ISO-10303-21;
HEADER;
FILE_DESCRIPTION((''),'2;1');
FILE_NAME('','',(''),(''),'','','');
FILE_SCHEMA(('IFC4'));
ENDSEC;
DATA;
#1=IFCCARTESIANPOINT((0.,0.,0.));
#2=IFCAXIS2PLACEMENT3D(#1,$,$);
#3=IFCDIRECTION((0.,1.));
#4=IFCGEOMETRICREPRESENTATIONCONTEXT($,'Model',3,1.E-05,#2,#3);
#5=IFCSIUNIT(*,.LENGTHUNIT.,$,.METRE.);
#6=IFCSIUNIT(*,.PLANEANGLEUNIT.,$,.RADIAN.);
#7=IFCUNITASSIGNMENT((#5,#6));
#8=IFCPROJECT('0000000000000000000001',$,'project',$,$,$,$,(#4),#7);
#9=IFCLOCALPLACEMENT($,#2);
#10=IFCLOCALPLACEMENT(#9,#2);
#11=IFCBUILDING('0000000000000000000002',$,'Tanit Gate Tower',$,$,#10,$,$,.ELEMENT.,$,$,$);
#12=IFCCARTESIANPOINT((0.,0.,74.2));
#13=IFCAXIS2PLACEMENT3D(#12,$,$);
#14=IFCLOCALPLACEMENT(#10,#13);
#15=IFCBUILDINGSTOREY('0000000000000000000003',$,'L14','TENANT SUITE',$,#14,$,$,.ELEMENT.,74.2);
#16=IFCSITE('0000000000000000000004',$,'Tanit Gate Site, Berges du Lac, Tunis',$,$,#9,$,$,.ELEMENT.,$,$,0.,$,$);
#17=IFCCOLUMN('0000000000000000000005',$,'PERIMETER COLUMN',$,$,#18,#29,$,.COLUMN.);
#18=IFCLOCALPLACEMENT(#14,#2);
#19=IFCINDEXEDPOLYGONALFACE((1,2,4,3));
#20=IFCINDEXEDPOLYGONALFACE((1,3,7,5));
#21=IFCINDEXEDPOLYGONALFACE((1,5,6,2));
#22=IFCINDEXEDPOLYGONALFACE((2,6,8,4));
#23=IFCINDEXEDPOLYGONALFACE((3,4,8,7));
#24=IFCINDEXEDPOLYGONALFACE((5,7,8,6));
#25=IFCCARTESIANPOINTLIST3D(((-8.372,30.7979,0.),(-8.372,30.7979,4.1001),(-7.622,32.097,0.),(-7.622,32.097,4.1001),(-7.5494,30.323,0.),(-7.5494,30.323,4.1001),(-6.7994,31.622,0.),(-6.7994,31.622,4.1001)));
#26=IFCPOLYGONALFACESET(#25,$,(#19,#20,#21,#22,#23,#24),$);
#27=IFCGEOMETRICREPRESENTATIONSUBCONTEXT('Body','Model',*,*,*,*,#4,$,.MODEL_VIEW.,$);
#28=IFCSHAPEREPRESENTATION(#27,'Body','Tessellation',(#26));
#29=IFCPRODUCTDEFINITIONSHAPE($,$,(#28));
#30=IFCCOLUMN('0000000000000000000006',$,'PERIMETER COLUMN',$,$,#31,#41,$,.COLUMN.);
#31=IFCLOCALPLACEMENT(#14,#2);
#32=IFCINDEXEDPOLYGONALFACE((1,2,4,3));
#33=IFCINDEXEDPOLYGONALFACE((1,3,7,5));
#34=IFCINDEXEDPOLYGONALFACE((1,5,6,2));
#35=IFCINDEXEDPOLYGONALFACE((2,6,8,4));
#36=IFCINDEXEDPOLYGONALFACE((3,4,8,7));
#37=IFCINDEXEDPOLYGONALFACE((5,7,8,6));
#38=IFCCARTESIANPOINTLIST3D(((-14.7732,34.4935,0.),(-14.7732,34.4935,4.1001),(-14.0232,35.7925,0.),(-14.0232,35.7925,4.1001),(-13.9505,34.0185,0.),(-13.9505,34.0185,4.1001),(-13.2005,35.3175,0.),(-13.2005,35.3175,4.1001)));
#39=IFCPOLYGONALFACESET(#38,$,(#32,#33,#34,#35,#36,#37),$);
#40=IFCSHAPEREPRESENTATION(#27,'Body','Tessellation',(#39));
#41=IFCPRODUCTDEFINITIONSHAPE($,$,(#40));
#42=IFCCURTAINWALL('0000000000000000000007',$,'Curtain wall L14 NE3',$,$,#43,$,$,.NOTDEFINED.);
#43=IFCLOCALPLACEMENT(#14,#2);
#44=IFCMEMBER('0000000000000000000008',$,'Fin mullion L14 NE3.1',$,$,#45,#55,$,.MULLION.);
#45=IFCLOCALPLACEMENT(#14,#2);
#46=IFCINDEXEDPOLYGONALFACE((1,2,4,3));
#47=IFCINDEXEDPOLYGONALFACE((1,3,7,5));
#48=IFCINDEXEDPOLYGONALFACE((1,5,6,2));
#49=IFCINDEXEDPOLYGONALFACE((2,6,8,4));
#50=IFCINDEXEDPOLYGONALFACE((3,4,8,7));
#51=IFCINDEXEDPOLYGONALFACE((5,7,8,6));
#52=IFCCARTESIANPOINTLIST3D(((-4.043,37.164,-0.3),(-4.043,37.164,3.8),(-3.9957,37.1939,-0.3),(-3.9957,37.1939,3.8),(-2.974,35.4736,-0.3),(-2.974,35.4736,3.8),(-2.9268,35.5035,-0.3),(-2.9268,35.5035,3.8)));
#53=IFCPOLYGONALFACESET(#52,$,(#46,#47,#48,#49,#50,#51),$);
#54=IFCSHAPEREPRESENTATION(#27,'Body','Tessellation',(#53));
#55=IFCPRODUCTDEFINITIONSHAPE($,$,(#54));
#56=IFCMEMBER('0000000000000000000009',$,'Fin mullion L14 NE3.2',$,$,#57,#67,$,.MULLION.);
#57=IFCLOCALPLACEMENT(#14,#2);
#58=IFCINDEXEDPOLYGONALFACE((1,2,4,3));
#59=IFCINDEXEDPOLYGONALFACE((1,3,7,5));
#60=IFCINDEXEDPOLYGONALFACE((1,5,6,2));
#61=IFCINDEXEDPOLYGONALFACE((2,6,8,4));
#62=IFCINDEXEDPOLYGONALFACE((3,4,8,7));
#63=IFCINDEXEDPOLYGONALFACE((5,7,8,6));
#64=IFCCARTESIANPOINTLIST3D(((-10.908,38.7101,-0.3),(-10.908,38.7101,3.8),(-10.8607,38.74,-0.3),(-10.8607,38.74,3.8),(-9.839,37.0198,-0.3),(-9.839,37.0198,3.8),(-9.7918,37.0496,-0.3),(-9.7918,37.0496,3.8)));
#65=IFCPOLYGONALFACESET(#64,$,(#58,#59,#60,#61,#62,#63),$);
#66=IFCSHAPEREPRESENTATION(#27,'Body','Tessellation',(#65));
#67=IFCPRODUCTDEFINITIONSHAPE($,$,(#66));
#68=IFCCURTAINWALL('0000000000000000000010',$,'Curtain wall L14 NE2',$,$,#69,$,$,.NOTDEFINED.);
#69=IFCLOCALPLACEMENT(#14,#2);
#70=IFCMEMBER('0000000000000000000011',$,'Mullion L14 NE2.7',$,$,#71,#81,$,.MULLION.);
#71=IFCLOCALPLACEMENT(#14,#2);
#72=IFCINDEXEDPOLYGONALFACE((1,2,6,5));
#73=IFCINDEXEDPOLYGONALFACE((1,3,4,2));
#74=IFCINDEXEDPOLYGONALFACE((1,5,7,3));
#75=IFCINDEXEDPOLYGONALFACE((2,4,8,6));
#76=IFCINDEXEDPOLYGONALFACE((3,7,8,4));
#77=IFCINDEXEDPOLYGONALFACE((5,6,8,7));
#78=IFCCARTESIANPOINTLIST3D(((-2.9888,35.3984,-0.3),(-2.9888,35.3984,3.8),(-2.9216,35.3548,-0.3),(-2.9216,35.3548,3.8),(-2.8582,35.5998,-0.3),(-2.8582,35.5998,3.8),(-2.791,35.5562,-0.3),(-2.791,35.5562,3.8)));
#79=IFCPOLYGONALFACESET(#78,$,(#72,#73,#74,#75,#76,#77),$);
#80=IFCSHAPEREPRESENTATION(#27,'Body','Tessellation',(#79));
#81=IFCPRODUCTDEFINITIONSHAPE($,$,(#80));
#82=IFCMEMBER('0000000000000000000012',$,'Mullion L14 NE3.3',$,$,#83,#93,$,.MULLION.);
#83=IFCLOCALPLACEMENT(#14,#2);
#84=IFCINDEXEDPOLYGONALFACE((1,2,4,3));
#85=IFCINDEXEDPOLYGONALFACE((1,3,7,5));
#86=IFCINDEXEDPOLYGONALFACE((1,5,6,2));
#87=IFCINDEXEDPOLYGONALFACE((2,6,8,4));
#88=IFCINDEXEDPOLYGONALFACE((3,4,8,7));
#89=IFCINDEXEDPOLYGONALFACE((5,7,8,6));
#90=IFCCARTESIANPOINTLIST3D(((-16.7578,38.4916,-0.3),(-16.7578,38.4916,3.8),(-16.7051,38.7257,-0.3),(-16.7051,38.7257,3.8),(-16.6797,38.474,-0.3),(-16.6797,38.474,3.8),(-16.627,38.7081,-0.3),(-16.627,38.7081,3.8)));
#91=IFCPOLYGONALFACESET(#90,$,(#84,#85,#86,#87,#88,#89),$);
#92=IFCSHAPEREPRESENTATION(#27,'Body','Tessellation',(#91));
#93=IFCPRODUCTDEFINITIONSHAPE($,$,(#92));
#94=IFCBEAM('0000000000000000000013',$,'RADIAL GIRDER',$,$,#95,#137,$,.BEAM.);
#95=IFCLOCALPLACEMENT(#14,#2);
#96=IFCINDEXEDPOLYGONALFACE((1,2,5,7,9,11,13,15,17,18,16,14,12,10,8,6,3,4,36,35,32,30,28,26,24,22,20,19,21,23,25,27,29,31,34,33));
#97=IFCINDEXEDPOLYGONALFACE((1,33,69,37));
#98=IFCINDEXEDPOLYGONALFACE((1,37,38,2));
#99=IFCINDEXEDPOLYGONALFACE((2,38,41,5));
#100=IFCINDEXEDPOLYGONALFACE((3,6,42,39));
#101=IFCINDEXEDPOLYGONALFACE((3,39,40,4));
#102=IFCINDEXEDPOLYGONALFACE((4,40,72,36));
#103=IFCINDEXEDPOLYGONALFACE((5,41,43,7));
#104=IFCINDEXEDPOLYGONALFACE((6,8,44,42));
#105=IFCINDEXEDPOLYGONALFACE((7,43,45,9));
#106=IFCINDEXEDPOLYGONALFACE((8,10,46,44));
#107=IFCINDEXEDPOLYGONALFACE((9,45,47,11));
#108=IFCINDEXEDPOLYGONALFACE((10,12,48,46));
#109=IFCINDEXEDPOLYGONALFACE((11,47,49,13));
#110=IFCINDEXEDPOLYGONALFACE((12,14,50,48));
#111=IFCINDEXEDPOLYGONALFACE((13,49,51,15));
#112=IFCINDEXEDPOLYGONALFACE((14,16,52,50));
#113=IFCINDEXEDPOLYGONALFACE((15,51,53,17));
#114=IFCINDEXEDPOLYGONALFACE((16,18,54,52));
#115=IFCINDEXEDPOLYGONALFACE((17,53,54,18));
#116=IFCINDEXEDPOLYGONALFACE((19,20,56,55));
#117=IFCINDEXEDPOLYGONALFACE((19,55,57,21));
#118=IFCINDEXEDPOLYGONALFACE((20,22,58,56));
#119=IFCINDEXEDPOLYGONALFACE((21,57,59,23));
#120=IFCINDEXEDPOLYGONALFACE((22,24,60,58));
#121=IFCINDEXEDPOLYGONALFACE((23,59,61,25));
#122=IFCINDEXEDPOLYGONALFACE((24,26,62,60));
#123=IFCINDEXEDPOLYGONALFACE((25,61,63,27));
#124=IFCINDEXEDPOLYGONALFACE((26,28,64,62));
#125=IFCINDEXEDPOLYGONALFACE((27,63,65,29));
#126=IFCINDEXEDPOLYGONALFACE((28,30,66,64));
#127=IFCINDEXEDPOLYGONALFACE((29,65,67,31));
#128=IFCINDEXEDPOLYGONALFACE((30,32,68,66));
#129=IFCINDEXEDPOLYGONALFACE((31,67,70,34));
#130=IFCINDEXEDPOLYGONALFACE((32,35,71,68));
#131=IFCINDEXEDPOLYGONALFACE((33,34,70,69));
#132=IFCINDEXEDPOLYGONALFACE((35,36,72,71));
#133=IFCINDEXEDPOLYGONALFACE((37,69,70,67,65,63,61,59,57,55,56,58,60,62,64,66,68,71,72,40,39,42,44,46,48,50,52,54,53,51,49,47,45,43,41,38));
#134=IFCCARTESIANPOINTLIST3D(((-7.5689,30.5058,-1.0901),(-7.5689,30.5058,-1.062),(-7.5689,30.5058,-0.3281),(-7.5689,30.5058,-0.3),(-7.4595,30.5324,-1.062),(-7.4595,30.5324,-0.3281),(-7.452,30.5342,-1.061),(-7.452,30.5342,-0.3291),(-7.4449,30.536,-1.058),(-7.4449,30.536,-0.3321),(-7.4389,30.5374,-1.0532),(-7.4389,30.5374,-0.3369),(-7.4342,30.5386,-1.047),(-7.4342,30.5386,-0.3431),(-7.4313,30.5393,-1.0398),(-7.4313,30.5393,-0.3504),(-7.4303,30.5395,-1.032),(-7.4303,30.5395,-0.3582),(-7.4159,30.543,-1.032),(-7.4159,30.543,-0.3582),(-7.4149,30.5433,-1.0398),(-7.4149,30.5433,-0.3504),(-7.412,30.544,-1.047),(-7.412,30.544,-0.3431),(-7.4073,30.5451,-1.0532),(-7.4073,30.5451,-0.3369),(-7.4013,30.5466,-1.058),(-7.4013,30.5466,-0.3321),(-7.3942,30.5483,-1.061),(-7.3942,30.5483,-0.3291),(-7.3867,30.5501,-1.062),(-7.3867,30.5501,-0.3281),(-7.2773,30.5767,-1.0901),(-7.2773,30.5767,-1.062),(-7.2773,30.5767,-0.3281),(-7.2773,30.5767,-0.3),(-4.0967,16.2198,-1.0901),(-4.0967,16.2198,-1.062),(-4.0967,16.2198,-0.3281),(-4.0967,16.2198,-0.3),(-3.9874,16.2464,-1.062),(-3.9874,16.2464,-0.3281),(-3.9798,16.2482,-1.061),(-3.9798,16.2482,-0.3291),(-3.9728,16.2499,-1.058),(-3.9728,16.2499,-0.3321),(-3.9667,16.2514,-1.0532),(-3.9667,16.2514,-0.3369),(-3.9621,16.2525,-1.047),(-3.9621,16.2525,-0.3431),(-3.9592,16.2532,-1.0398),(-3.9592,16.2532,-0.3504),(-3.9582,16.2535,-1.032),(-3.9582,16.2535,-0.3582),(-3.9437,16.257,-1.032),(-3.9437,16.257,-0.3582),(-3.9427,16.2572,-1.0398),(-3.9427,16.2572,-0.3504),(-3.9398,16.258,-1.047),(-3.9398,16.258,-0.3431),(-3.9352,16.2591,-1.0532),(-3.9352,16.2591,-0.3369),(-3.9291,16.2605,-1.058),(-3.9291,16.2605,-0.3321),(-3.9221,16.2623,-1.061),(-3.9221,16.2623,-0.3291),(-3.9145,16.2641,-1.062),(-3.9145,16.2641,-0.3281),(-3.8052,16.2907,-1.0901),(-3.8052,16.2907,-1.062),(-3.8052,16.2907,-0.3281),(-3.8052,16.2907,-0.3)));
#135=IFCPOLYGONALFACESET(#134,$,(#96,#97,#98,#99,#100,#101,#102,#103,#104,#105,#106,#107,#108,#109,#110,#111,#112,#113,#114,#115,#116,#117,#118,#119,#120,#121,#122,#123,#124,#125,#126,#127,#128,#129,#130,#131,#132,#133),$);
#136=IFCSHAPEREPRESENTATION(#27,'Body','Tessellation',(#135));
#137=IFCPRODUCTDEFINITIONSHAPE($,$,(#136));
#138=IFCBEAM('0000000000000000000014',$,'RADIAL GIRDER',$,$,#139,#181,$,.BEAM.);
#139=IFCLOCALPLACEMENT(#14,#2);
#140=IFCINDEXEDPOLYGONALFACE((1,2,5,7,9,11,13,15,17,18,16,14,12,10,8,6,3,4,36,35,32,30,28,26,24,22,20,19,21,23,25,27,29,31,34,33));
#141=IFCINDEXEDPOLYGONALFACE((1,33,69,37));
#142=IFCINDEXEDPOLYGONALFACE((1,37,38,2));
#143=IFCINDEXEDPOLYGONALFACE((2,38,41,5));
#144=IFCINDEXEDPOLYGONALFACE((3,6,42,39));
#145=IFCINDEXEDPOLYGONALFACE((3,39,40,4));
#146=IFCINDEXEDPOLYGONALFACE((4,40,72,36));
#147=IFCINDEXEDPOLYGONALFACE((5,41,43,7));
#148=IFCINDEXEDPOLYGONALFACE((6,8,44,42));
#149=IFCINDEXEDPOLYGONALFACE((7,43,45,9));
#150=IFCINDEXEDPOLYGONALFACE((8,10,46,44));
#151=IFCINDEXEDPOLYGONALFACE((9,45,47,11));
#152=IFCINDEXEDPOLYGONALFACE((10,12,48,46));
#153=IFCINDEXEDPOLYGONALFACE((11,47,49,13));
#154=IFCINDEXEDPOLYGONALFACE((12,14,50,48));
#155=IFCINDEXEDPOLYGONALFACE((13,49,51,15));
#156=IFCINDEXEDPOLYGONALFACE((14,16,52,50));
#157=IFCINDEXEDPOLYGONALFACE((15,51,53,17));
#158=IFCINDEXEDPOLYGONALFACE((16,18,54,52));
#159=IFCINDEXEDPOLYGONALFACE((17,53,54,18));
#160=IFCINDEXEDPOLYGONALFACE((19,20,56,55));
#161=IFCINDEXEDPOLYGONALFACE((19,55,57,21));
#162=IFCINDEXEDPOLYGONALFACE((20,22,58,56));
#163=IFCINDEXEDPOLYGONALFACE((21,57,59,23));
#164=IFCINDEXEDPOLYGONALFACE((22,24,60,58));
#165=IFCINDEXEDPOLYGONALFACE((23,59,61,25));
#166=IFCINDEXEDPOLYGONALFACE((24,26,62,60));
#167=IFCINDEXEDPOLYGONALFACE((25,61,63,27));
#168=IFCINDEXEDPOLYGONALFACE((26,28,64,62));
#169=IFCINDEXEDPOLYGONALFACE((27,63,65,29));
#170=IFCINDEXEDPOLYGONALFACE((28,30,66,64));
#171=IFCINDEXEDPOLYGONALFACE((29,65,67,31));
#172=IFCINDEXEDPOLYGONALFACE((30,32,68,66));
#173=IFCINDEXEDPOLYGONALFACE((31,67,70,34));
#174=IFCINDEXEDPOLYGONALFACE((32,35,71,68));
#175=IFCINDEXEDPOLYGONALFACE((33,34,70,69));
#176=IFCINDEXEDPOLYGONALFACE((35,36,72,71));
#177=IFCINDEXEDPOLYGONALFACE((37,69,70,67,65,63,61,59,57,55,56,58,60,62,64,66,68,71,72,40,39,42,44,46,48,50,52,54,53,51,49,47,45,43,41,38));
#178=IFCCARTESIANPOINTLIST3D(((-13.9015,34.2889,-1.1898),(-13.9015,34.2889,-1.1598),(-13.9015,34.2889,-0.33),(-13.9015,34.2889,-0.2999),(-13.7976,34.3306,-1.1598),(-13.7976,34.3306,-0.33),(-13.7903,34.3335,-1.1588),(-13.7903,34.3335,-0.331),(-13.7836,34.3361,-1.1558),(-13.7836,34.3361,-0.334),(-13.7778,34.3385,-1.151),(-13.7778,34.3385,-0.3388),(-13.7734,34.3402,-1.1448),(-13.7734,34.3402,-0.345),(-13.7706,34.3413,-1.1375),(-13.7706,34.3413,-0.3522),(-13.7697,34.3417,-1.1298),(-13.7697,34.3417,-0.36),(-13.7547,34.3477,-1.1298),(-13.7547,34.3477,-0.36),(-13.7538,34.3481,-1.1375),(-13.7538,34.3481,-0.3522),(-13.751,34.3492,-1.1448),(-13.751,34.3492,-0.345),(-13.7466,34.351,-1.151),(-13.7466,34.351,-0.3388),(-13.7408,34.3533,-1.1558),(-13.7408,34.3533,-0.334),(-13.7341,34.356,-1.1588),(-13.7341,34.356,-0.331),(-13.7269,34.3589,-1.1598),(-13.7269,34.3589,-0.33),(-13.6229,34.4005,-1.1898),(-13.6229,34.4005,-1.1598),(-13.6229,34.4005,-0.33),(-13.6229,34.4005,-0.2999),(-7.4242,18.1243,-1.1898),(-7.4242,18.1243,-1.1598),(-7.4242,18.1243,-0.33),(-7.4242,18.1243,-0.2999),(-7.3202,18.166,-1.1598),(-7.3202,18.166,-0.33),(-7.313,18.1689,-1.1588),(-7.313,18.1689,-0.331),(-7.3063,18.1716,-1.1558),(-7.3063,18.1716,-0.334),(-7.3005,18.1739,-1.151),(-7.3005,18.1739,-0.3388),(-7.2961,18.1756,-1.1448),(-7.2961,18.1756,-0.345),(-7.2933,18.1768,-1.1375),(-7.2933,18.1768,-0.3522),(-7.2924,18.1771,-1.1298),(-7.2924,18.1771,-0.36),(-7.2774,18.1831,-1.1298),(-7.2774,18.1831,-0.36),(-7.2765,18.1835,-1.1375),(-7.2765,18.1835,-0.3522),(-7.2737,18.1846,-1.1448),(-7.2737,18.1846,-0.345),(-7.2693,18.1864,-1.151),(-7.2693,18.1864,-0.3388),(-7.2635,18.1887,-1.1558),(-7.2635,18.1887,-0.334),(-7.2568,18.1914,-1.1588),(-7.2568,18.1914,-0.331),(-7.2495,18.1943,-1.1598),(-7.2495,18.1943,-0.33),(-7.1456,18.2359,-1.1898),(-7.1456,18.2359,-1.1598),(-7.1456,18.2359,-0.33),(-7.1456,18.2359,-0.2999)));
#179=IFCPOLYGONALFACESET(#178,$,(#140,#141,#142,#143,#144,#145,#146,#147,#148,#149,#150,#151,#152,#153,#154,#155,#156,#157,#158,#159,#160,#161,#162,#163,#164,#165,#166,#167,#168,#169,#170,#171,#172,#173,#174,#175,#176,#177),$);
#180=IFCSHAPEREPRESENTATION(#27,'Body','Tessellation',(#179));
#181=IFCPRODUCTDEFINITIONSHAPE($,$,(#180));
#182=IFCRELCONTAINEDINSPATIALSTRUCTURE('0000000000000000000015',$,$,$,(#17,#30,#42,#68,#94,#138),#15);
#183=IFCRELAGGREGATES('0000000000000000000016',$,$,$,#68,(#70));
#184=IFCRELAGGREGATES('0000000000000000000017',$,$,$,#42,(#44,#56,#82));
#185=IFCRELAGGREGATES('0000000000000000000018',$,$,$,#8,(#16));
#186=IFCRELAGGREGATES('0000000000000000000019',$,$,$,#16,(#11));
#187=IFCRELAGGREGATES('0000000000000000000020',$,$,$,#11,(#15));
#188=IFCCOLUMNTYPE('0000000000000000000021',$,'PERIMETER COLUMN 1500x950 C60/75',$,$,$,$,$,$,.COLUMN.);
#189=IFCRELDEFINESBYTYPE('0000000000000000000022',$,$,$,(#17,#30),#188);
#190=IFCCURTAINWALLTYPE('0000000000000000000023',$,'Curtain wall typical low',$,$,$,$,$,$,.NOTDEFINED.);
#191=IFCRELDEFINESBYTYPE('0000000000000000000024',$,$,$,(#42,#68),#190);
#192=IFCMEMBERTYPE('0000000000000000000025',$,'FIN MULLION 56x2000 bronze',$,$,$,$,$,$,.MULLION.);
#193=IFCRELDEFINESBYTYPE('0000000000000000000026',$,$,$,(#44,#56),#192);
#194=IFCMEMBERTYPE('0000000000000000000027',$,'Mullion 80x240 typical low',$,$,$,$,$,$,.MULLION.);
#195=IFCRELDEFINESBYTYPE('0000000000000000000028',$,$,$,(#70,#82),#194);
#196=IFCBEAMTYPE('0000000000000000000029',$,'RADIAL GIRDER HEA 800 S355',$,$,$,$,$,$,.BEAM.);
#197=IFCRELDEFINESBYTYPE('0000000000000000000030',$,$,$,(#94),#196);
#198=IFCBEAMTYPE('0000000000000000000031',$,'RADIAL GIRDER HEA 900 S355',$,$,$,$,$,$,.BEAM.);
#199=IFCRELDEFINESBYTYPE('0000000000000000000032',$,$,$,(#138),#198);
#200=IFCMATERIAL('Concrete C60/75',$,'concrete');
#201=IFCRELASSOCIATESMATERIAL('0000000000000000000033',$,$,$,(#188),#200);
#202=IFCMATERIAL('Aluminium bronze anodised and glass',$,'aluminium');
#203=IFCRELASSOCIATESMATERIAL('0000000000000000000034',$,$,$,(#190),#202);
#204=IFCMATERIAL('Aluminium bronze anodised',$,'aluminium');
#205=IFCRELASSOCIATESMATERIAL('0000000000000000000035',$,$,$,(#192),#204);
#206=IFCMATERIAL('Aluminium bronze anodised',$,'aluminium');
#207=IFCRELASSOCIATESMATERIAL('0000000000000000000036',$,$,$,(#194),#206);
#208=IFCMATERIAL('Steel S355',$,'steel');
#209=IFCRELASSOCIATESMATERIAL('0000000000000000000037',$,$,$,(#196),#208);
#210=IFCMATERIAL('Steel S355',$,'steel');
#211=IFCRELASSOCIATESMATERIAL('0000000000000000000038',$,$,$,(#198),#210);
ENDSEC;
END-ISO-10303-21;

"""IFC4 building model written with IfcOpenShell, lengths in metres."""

from ifc_helpers import new_model, si_unit, direction, frame, origin, origin_2d, place, context, subcontext, project, spatial, rectangle, i_section, extrude, material, material_profile, profile_set, type_object, element, aggregate, save


model = new_model("IFC4")

# Units and contexts
model_context = context("Model", 3, precision=1e-05, world=origin(), true_north=direction((0.0, 1.0)))
body_context = subcontext(model_context, "Body", "Model", "MODEL_VIEW")
ifc_project = project(units=[si_unit("LENGTHUNIT", "METRE"), si_unit("PLANEANGLEUNIT", "RADIAN")], contexts=[model_context])

# Site, building, storey
site_placement = place(None, origin())
site = spatial("IfcSite", under=ifc_project, at=site_placement, Name="Tanit Gate Site, Berges du Lac, Tunis", CompositionType="ELEMENT", RefElevation=0.0)
building_placement = place(site_placement, origin())
building = spatial("IfcBuilding", under=site, at=building_placement, Name="Tanit Gate Tower", CompositionType="ELEMENT")
storey_placement = place(building_placement, frame((0.0, 0.0, 74.2)))
storey = spatial("IfcBuildingStorey", under=building, at=storey_placement, Name="L14", Description="TENANT SUITE", CompositionType="ELEMENT", Elevation=74.2)

# Columns
ifc_material_1 = material(Name="Concrete C60/75", Category="concrete")
ifc_material_profile_1 = material_profile(ifc_material_1, rectangle(XDim=1.5, YDim=0.95, at=origin_2d()), Name="RC 1500x950")
ifc_profile_set_1 = profile_set([ifc_material_profile_1], Name="Concrete C60/75")
column_type = type_object("IfcColumnType", Name="PERIMETER COLUMN 1500x950 C60/75", PredefinedType="COLUMN", material=ifc_profile_set_1)
for number, where, z_axis, x_axis, name in (
    (1, (-7.5857, 31.21, 0.0), (0.0, 0.0, 1.0), (0.5, 0.866025, 0.0), "PERIMETER COLUMN"),
    (2, (-13.9868, 34.9055, 0.0), (0.0, 0.0, 1.0), (0.5, 0.866025, 0.0), "PERIMETER COLUMN"),
):
    element("IfcColumn", number, at=place(storey_placement, frame(where, z_axis=z_axis, x_axis=x_axis)), inside=storey, type_object=column_type, Name=name, PredefinedType="COLUMN", context=body_context, shape_type="SweptSolid", body=[
        extrude(rectangle(XDim=1.5, YDim=0.95, at=origin_2d()), origin(), (0.0, 0.0, 1.0), 4.1001),
    ])

# Curtain wall, members
ifc_material_2 = material(Name="Aluminium bronze anodised and glass", Category="aluminium")
curtain_wall_type = type_object("IfcCurtainWallType", Name="Curtain wall typical low", PredefinedType="NOTDEFINED", material=ifc_material_2)
curtain_wall_1_placement = place(storey_placement, origin())
curtain_wall_1 = element("IfcCurtainWall", 3, at=curtain_wall_1_placement, inside=storey, type_object=curtain_wall_type, Name="Curtain wall L14 NE3", PredefinedType="NOTDEFINED")
ifc_material_3 = material(Name="Aluminium bronze anodised", Category="aluminium")
ifc_material_profile_2 = material_profile(ifc_material_3, rectangle(XDim=2.0, YDim=0.0559, at=origin_2d()), Name="56x2000 bronze fin mullion")
ifc_profile_set_2 = profile_set([ifc_material_profile_2], Name="Aluminium bronze anodised")
member_type_1 = type_object("IfcMemberType", Name="FIN MULLION 56x2000 bronze", PredefinedType="MULLION", material=ifc_profile_set_2)
member_1_placement = place(storey_placement, frame((-3.4849, 36.3337, -0.3), z_axis=(0.0, 0.0, 1.0), x_axis=(0.534475, -0.845184, 0.0)))
member_1 = element("IfcMember", 4, at=member_1_placement, type_object=member_type_1, Name="Fin mullion L14 NE3.1", PredefinedType="MULLION", context=body_context, shape_type="SweptSolid", body=[
    extrude(rectangle(XDim=2.0, YDim=0.0559, at=origin_2d()), origin(), (0.0, 0.0, 1.0), 4.1001),
])
member_2_placement = place(storey_placement, frame((-10.3499, 37.8799, -0.3), z_axis=(0.0, 0.0, 1.0), x_axis=(0.534475, -0.845184, 0.0)))
member_2 = element("IfcMember", 5, at=member_2_placement, type_object=member_type_1, Name="Fin mullion L14 NE3.2", PredefinedType="MULLION", context=body_context, shape_type="SweptSolid", body=[
    extrude(rectangle(XDim=2.0, YDim=0.0559, at=origin_2d()), origin(), (0.0, 0.0, 1.0), 4.1001),
])

# Curtain wall, member
curtain_wall_2_placement = place(storey_placement, origin())
curtain_wall_2 = element("IfcCurtainWall", 6, at=curtain_wall_2_placement, inside=storey, type_object=curtain_wall_type, Name="Curtain wall L14 NE2", PredefinedType="NOTDEFINED")
ifc_material_4 = material(Name="Aluminium bronze anodised", Category="aluminium")
ifc_material_profile_3 = material_profile(ifc_material_4, rectangle(XDim=0.24, YDim=0.0801, at=origin_2d()), Name="80x240 bronze mullion")
ifc_profile_set_3 = profile_set([ifc_material_profile_3], Name="Aluminium bronze anodised")
member_type_2 = type_object("IfcMemberType", Name="Mullion 80x240 typical low", PredefinedType="MULLION", material=ifc_profile_set_3)
member_3_placement = place(storey_placement, frame((-2.8899, 35.4773, -0.3), z_axis=(0.0, 0.0, 1.0), x_axis=(-0.544243, -0.838927, 0.0)))
member_3 = element("IfcMember", 7, at=member_3_placement, type_object=member_type_2, Name="Mullion L14 NE2.7", PredefinedType="MULLION", context=body_context, shape_type="SweptSolid", body=[
    extrude(rectangle(XDim=0.24, YDim=0.0801, at=origin_2d()), origin(), (0.0, 0.0, 1.0), 4.1001),
])
aggregate(curtain_wall_2, [member_3])

# Member
member_4_placement = place(storey_placement, frame((-16.6924, 38.5999, -0.3), z_axis=(0.0, 0.0, 1.0), x_axis=(-0.219705, -0.975566, 0.0)))
member_4 = element("IfcMember", 8, at=member_4_placement, type_object=member_type_2, Name="Mullion L14 NE3.3", PredefinedType="MULLION", context=body_context, shape_type="SweptSolid", body=[
    extrude(rectangle(XDim=0.24, YDim=0.0801, at=origin_2d()), origin(), (0.0, 0.0, 1.0), 4.1001),
])

# Beams
ifc_material_5 = material(Name="Steel S355", Category="steel")
ifc_material_profile_4 = material_profile(ifc_material_5, i_section(OverallWidth=0.3, OverallDepth=0.79, WebThickness=0.0149, FlangeThickness=0.0281, FilletRadius=0.03, at=origin_2d()), Name="HEA 800")
ifc_profile_set_4 = profile_set([ifc_material_profile_4], Name="Steel S355")
beam_type_1 = type_object("IfcBeamType", Name="RADIAL GIRDER HEA 800 S355", PredefinedType="BEAM", material=ifc_profile_set_4)
beam_1_placement = place(storey_placement, frame((-7.4231, 30.5413, -0.6951), z_axis=(0.236169, -0.971712, 0.0), x_axis=(0.971712, 0.236169, 0.0)))
element("IfcBeam", 9, at=beam_1_placement, inside=storey, type_object=beam_type_1, Name="RADIAL GIRDER", PredefinedType="BEAM", context=body_context, shape_type="SweptSolid", body=[
    extrude(i_section(OverallWidth=0.3, OverallDepth=0.79, WebThickness=0.0149, FlangeThickness=0.0281, FilletRadius=0.03, at=origin_2d()), origin(), (0.0, 0.0, 1.0), 14.7019),
])
ifc_material_6 = material(Name="Steel S355", Category="steel")
ifc_material_profile_5 = material_profile(ifc_material_6, i_section(OverallWidth=0.3, OverallDepth=0.8899, WebThickness=0.0161, FlangeThickness=0.03, FilletRadius=0.03, at=origin_2d()), Name="HEA 900")
ifc_profile_set_5 = profile_set([ifc_material_profile_5], Name="Steel S355")
beam_type_2 = type_object("IfcBeamType", Name="RADIAL GIRDER HEA 900 S355", PredefinedType="BEAM", material=ifc_profile_set_5)
beam_2_placement = place(storey_placement, frame((-13.7622, 34.3447, -0.7449), z_axis=(0.371959, -0.928249, 0.0), x_axis=(0.928249, 0.371959, 0.0)))
element("IfcBeam", 10, at=beam_2_placement, inside=storey, type_object=beam_type_2, Name="RADIAL GIRDER", PredefinedType="BEAM", context=body_context, shape_type="SweptSolid", body=[
    extrude(i_section(OverallWidth=0.3, OverallDepth=0.8899, WebThickness=0.0161, FlangeThickness=0.03, FilletRadius=0.03, at=origin_2d()), origin(), (0.0, 0.0, 1.0), 17.4141),
])

aggregate(curtain_wall_1, [member_1, member_2, member_4])

save(model, "model.ifc")
